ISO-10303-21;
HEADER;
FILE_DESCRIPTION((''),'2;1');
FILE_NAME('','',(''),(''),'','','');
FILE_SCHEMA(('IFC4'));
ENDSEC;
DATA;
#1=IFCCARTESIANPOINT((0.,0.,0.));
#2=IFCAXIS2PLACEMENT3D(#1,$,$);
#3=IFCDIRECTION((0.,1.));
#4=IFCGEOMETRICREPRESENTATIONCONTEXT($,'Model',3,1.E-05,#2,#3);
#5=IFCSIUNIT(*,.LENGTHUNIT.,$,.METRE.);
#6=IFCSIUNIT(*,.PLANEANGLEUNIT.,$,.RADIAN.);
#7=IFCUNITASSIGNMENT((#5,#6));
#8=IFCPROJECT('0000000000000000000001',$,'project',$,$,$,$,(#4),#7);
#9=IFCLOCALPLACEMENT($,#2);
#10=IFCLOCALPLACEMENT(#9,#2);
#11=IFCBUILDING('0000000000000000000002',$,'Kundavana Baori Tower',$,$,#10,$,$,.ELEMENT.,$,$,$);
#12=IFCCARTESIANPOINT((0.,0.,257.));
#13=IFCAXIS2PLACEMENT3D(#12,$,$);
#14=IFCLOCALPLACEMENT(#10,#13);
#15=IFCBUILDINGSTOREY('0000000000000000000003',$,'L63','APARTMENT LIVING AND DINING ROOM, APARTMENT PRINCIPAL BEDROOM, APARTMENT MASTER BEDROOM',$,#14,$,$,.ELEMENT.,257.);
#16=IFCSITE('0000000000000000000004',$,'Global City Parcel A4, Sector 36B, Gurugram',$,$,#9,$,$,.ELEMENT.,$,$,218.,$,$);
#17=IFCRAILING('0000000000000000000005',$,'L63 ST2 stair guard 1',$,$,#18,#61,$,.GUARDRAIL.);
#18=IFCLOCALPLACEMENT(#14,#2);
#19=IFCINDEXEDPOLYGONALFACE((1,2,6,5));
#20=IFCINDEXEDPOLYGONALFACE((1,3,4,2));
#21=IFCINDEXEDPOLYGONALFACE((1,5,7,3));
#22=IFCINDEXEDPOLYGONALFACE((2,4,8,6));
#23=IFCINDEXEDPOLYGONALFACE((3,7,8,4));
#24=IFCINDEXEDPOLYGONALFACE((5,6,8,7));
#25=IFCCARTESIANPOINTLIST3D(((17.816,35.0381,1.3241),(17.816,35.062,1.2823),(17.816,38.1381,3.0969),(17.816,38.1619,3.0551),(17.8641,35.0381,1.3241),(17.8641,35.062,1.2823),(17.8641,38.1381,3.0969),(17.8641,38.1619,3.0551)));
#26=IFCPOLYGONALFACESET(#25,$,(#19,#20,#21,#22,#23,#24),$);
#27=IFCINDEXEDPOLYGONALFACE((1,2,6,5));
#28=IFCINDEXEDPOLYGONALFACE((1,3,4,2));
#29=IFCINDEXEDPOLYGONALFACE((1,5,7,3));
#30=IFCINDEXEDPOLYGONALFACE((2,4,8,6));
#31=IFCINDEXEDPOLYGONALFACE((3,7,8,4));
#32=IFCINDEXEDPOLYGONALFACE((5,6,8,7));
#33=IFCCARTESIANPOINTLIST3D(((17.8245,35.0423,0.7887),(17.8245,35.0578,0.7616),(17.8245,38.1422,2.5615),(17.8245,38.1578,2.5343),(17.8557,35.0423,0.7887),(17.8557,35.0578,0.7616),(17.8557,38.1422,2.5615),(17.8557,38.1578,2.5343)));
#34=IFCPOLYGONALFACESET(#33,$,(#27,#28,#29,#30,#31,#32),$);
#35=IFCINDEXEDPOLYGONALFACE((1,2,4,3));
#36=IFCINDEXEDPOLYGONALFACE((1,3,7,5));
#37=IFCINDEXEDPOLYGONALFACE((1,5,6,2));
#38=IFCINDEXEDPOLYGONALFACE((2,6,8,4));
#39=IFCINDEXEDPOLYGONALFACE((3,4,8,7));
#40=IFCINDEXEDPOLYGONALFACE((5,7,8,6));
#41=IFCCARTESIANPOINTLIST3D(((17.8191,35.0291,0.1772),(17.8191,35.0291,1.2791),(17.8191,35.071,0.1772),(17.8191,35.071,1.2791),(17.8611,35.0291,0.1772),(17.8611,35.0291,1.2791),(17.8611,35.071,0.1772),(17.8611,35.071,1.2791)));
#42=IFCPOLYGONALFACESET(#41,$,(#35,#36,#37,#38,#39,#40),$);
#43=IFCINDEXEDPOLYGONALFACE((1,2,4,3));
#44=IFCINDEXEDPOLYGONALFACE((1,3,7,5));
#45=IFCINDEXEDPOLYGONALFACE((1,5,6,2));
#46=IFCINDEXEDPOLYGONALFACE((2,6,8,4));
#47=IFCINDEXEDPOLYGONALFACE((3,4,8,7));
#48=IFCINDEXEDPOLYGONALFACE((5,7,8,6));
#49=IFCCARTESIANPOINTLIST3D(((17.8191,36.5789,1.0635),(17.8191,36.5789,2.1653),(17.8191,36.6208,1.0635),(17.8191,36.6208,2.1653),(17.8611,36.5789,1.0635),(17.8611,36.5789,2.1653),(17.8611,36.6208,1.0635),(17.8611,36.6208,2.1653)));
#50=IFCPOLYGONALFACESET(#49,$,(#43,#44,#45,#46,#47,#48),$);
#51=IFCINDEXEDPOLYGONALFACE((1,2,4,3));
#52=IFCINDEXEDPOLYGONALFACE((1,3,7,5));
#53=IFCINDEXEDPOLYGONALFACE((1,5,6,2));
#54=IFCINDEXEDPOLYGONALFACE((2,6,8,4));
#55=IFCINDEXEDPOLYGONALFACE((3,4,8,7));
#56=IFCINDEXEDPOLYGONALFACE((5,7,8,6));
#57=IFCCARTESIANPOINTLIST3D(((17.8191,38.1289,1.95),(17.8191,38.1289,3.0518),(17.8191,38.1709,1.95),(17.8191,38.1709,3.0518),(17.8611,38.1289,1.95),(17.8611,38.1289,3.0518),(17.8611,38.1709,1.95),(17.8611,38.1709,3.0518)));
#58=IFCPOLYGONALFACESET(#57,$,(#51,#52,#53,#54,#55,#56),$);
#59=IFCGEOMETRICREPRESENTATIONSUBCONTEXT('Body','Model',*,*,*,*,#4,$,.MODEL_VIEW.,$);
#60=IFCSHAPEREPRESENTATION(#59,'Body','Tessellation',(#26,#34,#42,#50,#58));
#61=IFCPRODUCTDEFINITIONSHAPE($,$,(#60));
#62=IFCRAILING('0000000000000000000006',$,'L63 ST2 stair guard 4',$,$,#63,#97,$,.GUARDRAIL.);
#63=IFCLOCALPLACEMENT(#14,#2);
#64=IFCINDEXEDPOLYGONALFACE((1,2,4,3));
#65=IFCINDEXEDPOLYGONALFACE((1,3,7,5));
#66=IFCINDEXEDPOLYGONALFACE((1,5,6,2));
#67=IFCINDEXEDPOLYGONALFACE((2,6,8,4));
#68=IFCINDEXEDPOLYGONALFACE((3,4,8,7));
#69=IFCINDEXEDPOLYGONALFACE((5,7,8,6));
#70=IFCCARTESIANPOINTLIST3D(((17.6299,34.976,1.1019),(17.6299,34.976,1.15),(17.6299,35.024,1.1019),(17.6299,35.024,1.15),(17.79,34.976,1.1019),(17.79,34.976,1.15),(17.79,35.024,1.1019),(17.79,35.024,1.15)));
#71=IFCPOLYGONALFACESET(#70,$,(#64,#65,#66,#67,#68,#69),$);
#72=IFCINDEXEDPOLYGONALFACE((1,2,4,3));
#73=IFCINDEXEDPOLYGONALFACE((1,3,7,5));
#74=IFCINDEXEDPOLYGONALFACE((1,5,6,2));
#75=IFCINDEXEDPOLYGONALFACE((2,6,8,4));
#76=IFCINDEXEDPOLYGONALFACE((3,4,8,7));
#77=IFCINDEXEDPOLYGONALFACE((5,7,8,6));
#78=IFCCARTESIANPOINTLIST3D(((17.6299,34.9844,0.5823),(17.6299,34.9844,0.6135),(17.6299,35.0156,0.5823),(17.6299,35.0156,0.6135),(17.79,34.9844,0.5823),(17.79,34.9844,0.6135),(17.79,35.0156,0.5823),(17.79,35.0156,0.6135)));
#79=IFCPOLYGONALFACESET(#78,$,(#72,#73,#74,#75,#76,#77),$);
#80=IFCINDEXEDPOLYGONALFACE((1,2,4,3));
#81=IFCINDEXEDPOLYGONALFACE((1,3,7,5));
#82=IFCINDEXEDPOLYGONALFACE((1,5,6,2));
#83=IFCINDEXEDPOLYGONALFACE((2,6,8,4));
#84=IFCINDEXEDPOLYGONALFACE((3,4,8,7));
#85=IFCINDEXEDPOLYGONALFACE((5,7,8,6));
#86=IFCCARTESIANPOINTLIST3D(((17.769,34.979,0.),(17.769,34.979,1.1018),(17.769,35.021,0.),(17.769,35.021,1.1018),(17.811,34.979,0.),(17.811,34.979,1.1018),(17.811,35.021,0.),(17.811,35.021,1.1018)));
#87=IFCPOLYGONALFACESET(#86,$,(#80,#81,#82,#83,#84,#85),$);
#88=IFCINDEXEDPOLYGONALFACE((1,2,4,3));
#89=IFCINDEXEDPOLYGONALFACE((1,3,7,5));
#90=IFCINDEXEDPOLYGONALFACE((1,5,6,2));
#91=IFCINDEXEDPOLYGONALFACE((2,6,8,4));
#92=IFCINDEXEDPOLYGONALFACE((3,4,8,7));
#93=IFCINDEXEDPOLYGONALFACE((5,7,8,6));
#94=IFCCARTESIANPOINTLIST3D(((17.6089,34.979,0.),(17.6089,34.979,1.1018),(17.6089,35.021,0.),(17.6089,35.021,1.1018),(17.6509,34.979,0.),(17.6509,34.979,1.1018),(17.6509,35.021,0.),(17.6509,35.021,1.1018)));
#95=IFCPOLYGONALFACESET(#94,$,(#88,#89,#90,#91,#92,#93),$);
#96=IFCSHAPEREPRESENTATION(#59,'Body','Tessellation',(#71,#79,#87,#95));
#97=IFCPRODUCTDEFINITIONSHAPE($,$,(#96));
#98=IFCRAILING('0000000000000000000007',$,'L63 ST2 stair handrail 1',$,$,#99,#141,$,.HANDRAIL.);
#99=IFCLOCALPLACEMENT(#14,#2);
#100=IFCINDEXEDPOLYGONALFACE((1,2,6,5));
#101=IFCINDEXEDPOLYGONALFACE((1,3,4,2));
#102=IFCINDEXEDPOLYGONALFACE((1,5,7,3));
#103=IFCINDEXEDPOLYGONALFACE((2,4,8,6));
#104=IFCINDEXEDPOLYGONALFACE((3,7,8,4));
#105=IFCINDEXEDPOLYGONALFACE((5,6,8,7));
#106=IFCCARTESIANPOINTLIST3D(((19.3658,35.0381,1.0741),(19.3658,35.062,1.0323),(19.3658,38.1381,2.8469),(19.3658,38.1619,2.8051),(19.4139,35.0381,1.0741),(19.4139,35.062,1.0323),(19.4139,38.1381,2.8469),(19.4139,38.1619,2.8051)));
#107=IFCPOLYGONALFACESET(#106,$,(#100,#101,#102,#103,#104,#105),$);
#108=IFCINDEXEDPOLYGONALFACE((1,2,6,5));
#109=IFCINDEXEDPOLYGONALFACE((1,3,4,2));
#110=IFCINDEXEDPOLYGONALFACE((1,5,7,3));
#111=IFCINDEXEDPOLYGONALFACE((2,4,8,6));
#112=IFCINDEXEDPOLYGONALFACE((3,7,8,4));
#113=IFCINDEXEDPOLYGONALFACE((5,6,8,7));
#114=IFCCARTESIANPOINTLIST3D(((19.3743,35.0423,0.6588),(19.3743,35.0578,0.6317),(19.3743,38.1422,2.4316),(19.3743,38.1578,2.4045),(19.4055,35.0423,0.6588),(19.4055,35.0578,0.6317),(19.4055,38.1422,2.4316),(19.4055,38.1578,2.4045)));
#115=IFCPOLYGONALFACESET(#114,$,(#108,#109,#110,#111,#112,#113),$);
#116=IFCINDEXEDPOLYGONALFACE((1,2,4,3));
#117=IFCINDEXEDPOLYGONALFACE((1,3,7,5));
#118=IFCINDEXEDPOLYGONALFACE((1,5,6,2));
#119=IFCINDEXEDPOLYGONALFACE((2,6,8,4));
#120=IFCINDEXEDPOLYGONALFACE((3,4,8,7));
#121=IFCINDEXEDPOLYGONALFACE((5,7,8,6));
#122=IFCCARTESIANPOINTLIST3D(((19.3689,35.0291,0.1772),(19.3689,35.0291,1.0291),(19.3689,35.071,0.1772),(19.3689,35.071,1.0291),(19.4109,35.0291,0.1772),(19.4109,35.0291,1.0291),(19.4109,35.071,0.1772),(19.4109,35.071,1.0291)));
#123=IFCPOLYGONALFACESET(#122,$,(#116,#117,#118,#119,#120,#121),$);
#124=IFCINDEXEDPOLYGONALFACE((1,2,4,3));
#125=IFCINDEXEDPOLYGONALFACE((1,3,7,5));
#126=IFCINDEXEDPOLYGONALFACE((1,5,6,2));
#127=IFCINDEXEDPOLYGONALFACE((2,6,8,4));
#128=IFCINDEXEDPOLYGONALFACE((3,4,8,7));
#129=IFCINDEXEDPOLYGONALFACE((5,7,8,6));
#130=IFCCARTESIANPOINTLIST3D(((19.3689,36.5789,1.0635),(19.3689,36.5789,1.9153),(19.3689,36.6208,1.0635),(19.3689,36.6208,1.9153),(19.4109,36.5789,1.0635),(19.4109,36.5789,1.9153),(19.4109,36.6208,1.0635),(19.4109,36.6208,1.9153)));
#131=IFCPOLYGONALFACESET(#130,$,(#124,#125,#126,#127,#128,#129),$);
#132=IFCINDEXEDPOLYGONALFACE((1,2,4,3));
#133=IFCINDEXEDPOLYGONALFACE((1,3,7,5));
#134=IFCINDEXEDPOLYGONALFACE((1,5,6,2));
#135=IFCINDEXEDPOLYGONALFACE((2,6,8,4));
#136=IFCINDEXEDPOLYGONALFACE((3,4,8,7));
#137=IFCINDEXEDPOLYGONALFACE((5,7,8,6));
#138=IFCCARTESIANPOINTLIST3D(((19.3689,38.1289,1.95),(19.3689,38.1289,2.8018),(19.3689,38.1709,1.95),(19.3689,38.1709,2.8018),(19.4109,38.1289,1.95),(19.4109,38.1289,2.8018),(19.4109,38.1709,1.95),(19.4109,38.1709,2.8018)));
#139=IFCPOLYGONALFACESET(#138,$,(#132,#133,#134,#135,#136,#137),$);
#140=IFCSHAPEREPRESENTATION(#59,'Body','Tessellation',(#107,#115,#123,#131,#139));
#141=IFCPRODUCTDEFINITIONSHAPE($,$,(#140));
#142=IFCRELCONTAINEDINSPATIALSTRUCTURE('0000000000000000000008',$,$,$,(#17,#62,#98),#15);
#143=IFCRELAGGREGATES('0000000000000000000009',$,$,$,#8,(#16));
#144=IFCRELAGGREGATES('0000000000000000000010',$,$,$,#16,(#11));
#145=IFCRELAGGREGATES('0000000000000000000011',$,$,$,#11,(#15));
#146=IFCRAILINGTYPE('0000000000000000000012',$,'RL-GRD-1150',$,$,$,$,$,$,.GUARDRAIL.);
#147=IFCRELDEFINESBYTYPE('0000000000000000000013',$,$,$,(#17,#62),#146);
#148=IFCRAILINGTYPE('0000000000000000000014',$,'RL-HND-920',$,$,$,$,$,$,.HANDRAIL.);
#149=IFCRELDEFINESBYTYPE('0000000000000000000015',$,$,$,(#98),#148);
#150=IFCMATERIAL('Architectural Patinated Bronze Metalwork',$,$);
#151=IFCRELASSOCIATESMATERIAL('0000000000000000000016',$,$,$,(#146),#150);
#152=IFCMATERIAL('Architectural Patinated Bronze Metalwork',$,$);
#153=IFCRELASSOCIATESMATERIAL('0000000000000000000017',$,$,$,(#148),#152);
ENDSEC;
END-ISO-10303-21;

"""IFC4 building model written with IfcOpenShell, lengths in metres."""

from ifc_helpers import new_model, si_unit, direction, frame, origin, origin_2d, place, context, subcontext, project, spatial, rectangle, extrude, material, type_object, element, save


model = new_model("IFC4")

# Units and contexts
model_context = context("Model", 3, precision=1e-05, world=origin(), true_north=direction((0.0, 1.0)))
body_context = subcontext(model_context, "Body", "Model", "MODEL_VIEW")
ifc_project = project(units=[si_unit("LENGTHUNIT", "METRE"), si_unit("PLANEANGLEUNIT", "RADIAN")], contexts=[model_context])

# Site, building, storey
site_placement = place(None, origin())
site = spatial("IfcSite", under=ifc_project, at=site_placement, Name="Global City Parcel A4, Sector 36B, Gurugram", CompositionType="ELEMENT", RefElevation=218.0)
building_placement = place(site_placement, origin())
building = spatial("IfcBuilding", under=site, at=building_placement, Name="Kundavana Baori Tower", CompositionType="ELEMENT")
storey_placement = place(building_placement, frame((0.0, 0.0, 257.0)))
storey = spatial("IfcBuildingStorey", under=building, at=storey_placement, Name="L63", Description="APARTMENT LIVING AND DINING ROOM, APARTMENT PRINCIPAL BEDROOM, APARTMENT MASTER BEDROOM", CompositionType="ELEMENT", Elevation=257.0)

# Railings
ifc_material_1 = material(Name="Architectural Patinated Bronze Metalwork")
railing_type_1 = type_object("IfcRailingType", Name="RL-GRD-1150", PredefinedType="GUARDRAIL", material=ifc_material_1)
railing_1_placement = place(storey_placement, frame((17.8401, 35.05, 0.1772)))
element("IfcRailing", 1, at=railing_1_placement, inside=storey, type_object=railing_type_1, Name="L63 ST2 stair guard 1", PredefinedType="GUARDRAIL", context=body_context, shape_type="SweptSolid", body=[
    extrude(rectangle(XDim=0.0481, YDim=0.0481, at=origin_2d()), frame((0.0, 0.0, 1.126), z_axis=(0.0, 0.868079, 0.496426), x_axis=(-1.0, 0.0, 0.0)), (0.0, 0.0, 1.0), 3.571),
    extrude(rectangle(XDim=0.0312, YDim=0.0312, at=origin_2d()), frame((0.0, 0.0, 0.5979), z_axis=(0.0, 0.868079, 0.496426), x_axis=(-1.0, 0.0, 0.0)), (0.0, 0.0, 1.0), 3.571),
    extrude(rectangle(XDim=0.042, YDim=0.042, at=origin_2d()), origin(), (0.0, 0.0, 1.0), 1.1018),
    extrude(rectangle(XDim=0.042, YDim=0.042, at=origin_2d()), frame((0.0, 1.5498, 0.8862)), (0.0, 0.0, 1.0), 1.1018),
    extrude(rectangle(XDim=0.042, YDim=0.042, at=origin_2d()), frame((0.0, 3.0999, 1.7727)), (0.0, 0.0, 1.0), 1.1018),
])
railing_2_placement = place(storey_placement, frame((17.79, 35.0, 0.0)))
element("IfcRailing", 2, at=railing_2_placement, inside=storey, type_object=railing_type_1, Name="L63 ST2 stair guard 4", PredefinedType="GUARDRAIL", context=body_context, shape_type="SweptSolid", body=[
    extrude(rectangle(XDim=0.0481, YDim=0.0481, at=origin_2d()), frame((0.0, 0.0, 1.126), z_axis=(-1.0, 0.0, 0.0), x_axis=(0.0, -1.0, 0.0)), (0.0, 0.0, 1.0), 0.1602),
    extrude(rectangle(XDim=0.0312, YDim=0.0312, at=origin_2d()), frame((0.0, 0.0, 0.5979), z_axis=(-1.0, 0.0, 0.0), x_axis=(0.0, -1.0, 0.0)), (0.0, 0.0, 1.0), 0.1602),
    extrude(rectangle(XDim=0.042, YDim=0.042, at=origin_2d()), origin(), (0.0, 0.0, 1.0), 1.1018),
    extrude(rectangle(XDim=0.042, YDim=0.042, at=origin_2d()), frame((-0.1602, 0.0, 0.0)), (0.0, 0.0, 1.0), 1.1018),
])
ifc_material_2 = material(Name="Architectural Patinated Bronze Metalwork")
railing_type_2 = type_object("IfcRailingType", Name="RL-HND-920", PredefinedType="HANDRAIL", material=ifc_material_2)
railing_3_placement = place(storey_placement, frame((19.3899, 35.05, 0.1772)))
element("IfcRailing", 3, at=railing_3_placement, inside=storey, type_object=railing_type_2, Name="L63 ST2 stair handrail 1", PredefinedType="HANDRAIL", context=body_context, shape_type="SweptSolid", body=[
    extrude(rectangle(XDim=0.0481, YDim=0.0481, at=origin_2d()), frame((0.0, 0.0, 0.876), z_axis=(0.0, 0.868079, 0.496426), x_axis=(-1.0, 0.0, 0.0)), (0.0, 0.0, 1.0), 3.571),
    extrude(rectangle(XDim=0.0312, YDim=0.0312, at=origin_2d()), frame((0.0, 0.0, 0.468), z_axis=(0.0, 0.868079, 0.496426), x_axis=(-1.0, 0.0, 0.0)), (0.0, 0.0, 1.0), 3.571),
    extrude(rectangle(XDim=0.042, YDim=0.042, at=origin_2d()), origin(), (0.0, 0.0, 1.0), 0.8518),
    extrude(rectangle(XDim=0.042, YDim=0.042, at=origin_2d()), frame((0.0, 1.5498, 0.8862)), (0.0, 0.0, 1.0), 0.8518),
    extrude(rectangle(XDim=0.042, YDim=0.042, at=origin_2d()), frame((0.0, 3.0999, 1.7727)), (0.0, 0.0, 1.0), 0.8518),
])

save(model, "model.ifc")
